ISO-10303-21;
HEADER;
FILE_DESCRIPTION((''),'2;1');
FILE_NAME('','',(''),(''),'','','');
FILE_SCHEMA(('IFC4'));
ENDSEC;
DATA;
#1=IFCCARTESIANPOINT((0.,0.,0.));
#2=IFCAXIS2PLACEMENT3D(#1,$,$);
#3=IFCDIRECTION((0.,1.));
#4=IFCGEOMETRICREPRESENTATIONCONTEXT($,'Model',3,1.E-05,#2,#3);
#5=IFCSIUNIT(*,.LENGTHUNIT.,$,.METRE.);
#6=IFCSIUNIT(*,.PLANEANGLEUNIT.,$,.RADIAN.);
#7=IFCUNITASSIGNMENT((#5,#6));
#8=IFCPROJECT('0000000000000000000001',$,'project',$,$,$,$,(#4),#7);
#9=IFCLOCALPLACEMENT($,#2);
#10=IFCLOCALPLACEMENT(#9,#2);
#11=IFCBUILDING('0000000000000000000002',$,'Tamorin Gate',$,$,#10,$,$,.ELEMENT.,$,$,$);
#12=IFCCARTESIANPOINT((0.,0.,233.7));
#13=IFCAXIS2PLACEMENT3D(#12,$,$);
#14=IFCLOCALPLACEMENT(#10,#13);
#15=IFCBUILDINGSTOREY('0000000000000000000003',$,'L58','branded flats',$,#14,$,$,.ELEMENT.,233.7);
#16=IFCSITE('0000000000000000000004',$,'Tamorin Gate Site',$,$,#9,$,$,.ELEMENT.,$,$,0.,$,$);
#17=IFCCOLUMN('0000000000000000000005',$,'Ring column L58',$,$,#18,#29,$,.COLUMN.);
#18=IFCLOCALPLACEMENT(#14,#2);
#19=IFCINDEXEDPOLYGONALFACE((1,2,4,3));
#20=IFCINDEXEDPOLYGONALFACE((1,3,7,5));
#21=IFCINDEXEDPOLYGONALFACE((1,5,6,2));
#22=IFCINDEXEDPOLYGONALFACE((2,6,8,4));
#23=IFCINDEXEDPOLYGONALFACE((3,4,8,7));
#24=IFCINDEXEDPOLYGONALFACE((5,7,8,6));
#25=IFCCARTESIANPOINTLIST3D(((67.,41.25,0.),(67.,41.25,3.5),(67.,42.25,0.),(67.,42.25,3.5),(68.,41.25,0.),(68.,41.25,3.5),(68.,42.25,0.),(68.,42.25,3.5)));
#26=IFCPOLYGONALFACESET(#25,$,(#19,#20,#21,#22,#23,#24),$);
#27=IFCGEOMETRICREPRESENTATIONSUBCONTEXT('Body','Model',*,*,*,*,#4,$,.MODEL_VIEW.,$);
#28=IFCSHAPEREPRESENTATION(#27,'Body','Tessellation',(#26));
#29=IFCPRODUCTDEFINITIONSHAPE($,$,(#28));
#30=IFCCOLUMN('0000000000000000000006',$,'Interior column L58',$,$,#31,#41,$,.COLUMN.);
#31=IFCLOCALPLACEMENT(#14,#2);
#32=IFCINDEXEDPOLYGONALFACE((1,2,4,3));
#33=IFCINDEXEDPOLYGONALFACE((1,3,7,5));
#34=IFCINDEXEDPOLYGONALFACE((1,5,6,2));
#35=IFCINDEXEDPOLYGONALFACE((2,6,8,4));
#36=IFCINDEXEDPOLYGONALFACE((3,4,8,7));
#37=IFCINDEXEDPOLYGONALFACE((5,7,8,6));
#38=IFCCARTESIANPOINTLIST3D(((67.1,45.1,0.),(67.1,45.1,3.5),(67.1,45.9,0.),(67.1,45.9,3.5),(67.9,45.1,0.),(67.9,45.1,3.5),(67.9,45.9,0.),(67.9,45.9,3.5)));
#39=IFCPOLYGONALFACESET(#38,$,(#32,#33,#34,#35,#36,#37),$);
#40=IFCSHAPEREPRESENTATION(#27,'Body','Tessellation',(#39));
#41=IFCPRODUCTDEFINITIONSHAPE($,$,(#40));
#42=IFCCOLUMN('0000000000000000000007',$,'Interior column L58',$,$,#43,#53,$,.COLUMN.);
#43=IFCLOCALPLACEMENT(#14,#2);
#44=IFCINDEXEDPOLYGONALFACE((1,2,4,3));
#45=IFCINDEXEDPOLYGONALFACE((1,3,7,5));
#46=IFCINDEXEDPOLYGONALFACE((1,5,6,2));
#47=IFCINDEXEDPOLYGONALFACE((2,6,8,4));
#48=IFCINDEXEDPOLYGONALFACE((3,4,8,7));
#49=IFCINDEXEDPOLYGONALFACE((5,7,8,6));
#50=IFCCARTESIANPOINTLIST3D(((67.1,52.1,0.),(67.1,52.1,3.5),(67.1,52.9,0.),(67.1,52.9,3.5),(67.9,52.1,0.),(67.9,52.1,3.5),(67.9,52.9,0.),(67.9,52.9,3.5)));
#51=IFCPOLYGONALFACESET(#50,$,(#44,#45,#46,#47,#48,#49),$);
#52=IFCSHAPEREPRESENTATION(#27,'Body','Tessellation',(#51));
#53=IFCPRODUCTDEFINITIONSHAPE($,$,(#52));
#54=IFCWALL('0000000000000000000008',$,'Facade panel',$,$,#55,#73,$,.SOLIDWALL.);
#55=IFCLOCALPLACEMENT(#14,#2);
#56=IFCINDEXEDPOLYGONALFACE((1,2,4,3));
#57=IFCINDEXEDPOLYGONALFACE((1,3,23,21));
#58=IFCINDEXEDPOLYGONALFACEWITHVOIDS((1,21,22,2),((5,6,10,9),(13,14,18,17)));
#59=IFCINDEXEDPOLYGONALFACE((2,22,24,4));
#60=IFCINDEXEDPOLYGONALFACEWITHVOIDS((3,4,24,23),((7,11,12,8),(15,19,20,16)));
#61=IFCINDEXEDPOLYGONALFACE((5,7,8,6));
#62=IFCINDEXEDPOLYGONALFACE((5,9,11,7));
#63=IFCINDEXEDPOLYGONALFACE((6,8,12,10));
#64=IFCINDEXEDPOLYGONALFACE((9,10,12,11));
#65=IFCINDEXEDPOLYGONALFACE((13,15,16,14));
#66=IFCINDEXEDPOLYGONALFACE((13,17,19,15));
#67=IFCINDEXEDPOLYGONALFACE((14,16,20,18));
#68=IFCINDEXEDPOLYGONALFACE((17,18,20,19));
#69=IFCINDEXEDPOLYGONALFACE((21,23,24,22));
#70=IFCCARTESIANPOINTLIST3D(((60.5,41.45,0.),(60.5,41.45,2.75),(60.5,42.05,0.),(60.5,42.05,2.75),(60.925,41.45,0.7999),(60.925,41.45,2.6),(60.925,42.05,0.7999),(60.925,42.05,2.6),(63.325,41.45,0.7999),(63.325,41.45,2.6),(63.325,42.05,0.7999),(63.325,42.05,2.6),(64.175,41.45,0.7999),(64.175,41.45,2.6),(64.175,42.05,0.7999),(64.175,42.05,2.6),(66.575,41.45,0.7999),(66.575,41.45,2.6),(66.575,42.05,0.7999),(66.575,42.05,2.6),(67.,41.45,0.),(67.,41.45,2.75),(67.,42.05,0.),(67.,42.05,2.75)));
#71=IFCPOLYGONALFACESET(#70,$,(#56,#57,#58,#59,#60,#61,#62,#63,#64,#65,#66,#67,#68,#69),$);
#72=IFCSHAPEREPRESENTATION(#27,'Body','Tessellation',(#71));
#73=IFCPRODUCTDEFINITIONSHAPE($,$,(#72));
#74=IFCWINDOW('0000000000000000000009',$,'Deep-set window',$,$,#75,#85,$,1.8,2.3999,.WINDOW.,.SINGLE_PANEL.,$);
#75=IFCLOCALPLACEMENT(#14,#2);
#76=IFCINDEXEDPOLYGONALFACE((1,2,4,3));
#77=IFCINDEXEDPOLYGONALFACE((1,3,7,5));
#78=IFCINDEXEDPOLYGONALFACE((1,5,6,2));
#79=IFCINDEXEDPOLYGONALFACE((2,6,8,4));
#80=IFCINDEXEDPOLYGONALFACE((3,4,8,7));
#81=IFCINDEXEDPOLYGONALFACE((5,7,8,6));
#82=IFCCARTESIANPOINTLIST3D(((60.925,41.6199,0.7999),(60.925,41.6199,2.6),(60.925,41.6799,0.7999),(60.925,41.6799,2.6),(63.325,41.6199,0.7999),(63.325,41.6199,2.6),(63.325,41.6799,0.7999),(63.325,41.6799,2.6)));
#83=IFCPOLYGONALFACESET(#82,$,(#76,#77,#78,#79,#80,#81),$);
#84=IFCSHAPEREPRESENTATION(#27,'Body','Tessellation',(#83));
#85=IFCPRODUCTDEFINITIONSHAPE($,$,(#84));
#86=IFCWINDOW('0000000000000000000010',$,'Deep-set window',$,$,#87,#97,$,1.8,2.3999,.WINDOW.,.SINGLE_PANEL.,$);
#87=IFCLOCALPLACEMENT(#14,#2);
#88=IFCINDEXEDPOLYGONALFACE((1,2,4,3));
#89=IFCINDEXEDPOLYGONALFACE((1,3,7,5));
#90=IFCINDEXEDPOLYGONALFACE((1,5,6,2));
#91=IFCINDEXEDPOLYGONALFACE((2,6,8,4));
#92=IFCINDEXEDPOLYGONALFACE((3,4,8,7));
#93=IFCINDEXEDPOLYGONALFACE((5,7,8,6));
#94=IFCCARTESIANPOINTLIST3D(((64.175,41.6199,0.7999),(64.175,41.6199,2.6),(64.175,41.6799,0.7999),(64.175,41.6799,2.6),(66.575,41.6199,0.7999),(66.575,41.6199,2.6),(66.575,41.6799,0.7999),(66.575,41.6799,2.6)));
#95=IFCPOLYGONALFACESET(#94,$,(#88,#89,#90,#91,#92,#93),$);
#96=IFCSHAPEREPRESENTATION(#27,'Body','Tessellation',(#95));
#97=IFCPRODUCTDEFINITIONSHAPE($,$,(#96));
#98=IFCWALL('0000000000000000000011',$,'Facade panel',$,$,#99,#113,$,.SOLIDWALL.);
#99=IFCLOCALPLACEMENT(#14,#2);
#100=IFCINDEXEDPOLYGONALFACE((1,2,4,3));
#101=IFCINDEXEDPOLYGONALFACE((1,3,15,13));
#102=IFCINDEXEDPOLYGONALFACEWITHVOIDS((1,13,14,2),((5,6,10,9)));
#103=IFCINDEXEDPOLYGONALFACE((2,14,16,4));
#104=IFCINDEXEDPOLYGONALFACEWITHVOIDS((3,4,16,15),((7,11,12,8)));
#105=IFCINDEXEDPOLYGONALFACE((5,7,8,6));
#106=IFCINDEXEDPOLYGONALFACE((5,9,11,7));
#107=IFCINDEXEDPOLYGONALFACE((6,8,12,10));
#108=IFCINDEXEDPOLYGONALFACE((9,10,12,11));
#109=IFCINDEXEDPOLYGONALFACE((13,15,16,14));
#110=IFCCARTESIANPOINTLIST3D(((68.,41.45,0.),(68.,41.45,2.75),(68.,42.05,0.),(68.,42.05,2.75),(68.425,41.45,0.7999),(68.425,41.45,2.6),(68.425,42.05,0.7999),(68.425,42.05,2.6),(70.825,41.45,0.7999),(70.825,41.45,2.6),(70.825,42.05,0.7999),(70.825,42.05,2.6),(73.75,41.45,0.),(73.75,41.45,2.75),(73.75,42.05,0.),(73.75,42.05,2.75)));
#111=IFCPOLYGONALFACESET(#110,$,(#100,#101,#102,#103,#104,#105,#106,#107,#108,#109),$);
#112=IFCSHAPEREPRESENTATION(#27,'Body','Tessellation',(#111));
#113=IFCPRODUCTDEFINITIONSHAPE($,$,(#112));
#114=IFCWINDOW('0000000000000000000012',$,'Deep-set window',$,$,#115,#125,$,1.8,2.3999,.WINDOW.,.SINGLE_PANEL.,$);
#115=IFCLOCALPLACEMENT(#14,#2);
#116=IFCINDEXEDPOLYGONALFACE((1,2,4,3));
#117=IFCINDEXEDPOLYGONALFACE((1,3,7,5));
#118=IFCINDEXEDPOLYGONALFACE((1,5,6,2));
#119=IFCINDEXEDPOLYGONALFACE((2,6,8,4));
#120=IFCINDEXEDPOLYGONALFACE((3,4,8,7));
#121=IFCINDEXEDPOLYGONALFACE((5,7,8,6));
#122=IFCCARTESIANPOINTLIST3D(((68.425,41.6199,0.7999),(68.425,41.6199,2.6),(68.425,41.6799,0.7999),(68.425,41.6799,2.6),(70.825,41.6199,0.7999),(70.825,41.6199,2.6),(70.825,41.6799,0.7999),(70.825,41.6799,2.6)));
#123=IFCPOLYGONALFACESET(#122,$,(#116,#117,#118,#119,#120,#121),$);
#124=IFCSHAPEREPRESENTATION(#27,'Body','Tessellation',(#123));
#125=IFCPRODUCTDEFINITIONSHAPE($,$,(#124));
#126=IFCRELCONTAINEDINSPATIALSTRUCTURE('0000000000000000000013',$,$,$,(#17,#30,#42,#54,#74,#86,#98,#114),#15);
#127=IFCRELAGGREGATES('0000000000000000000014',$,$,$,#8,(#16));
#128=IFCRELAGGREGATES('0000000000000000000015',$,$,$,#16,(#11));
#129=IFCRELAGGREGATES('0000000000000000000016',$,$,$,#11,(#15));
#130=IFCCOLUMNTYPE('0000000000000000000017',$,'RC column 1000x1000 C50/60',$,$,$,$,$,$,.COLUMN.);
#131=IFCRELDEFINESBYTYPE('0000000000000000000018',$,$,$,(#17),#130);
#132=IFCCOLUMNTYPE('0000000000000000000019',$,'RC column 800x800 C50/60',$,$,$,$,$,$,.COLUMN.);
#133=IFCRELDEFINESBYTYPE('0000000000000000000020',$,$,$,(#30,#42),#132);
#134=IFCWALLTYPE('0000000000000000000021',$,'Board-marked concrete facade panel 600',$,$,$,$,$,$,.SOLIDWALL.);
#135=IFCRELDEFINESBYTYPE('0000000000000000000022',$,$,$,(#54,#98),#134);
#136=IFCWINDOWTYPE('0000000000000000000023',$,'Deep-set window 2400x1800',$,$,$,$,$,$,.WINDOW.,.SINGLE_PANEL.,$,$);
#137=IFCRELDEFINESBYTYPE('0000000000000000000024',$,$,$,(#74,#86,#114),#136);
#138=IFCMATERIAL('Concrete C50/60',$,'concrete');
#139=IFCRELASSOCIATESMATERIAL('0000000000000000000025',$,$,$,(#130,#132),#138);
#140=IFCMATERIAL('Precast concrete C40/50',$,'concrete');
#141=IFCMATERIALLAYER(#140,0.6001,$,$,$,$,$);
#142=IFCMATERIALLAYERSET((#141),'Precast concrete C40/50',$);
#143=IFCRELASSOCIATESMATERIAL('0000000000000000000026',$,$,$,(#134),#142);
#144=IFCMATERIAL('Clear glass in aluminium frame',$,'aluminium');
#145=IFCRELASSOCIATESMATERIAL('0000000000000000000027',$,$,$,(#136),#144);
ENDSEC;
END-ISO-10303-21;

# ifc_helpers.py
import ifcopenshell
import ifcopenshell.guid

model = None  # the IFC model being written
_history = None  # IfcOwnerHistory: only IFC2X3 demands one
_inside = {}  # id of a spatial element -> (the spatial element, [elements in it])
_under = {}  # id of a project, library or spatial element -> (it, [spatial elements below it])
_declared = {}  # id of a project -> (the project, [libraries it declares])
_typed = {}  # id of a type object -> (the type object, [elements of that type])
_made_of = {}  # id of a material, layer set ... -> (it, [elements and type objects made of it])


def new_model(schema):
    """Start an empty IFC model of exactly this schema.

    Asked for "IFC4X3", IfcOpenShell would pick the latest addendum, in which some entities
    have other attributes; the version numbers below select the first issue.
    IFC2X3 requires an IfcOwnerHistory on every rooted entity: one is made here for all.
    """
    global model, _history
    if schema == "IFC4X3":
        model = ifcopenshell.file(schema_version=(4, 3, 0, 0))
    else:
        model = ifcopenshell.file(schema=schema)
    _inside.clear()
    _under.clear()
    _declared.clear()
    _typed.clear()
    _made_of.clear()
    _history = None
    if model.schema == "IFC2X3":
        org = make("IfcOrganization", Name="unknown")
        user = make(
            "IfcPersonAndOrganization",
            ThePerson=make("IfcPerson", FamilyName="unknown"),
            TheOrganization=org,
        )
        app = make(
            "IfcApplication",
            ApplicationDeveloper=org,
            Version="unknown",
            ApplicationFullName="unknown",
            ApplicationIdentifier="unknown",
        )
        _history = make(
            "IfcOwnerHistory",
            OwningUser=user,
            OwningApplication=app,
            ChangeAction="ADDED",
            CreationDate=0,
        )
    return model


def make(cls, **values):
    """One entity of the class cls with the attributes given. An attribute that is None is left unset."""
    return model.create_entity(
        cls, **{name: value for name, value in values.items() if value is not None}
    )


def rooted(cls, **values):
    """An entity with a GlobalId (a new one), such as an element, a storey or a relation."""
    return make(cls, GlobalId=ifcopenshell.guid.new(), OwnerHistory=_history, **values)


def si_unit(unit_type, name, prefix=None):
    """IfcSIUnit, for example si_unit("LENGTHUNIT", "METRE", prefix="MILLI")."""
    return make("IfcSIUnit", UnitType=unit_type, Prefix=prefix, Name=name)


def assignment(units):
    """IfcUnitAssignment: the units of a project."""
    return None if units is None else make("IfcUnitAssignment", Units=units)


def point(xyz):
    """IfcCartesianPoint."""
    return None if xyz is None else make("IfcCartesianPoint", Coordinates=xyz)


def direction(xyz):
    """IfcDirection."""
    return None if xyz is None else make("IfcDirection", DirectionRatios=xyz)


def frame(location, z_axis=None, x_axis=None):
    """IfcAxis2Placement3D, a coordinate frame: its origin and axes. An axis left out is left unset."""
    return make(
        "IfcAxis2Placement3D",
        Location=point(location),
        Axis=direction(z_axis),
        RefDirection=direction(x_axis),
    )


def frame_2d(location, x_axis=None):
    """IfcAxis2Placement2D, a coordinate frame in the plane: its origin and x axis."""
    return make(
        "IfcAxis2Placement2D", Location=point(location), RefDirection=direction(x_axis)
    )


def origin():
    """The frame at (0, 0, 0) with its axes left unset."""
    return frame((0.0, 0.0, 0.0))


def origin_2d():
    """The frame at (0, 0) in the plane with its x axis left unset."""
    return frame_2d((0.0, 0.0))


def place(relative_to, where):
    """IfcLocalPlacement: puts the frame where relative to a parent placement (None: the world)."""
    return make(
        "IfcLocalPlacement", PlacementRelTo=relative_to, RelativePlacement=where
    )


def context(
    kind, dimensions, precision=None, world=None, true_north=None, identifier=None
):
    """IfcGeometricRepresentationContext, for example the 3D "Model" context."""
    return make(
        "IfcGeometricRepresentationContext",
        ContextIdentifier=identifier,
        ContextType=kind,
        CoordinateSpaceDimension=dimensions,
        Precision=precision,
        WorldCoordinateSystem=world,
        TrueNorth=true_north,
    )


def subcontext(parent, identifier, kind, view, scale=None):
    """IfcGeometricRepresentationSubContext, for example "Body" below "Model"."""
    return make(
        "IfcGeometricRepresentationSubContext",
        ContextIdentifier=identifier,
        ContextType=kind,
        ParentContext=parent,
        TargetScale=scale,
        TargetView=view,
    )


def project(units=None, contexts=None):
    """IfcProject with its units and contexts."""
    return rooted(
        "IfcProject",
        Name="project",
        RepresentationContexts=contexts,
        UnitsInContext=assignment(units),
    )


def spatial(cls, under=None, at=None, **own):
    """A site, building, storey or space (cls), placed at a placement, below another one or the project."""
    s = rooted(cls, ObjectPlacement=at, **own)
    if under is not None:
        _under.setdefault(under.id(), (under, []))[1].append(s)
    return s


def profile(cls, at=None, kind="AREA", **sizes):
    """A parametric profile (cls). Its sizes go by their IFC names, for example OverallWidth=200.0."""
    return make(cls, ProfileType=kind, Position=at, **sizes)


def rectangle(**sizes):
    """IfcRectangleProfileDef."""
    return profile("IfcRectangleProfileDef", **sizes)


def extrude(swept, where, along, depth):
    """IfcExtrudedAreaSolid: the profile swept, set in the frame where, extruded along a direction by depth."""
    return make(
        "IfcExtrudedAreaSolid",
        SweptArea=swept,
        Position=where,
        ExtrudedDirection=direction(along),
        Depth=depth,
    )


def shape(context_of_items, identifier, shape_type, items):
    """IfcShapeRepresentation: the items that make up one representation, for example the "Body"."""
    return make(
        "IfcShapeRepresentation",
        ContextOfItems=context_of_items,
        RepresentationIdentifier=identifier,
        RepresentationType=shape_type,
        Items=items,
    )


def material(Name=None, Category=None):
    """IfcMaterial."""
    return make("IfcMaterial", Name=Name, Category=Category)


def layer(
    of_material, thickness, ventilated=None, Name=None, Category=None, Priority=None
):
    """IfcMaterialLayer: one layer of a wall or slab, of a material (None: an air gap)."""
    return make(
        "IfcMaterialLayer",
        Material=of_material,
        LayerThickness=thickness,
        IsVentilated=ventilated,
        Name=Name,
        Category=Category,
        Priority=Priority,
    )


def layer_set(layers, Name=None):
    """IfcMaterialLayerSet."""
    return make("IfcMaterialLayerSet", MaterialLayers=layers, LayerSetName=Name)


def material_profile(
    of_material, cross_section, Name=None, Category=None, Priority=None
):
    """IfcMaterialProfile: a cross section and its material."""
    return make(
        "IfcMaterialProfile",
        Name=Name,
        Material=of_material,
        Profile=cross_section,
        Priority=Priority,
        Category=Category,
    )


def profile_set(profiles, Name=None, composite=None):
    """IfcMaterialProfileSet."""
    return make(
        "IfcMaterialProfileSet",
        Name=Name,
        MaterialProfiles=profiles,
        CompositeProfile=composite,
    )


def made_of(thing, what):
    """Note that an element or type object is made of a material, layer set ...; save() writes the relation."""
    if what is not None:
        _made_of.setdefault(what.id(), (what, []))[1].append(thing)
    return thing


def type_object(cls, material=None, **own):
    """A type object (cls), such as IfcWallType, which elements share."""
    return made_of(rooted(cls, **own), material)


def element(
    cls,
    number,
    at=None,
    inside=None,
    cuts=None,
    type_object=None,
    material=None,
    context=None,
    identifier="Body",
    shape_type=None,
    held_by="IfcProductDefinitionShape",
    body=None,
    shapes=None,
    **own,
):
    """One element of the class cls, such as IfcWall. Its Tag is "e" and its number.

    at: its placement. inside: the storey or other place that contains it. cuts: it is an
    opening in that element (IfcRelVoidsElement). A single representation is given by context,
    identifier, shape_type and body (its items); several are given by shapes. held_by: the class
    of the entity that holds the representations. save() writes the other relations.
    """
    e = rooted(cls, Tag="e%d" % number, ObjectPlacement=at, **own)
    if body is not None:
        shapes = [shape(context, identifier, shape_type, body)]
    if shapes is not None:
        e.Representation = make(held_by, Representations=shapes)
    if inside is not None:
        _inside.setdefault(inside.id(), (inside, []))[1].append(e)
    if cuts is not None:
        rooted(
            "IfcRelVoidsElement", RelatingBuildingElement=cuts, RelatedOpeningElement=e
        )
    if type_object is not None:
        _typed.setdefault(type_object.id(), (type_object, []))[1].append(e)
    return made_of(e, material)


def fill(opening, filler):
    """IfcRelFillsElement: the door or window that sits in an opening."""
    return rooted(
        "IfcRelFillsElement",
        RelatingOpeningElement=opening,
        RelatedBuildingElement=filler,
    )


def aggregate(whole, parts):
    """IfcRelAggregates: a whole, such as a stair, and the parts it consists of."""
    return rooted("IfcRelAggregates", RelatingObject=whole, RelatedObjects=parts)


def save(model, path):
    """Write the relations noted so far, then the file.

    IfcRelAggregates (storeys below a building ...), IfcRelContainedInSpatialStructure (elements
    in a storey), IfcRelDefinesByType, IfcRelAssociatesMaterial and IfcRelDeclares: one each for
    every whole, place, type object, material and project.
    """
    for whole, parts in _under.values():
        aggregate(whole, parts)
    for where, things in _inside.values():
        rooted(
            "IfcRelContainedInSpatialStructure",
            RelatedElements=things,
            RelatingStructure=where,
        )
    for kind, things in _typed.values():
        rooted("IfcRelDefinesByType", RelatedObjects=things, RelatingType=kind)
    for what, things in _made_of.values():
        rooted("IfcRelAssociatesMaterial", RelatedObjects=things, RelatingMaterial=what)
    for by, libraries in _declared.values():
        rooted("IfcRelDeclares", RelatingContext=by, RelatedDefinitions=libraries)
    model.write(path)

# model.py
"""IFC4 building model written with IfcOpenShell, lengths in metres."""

from ifc_helpers import new_model, si_unit, direction, frame, frame_2d, origin, origin_2d, place, context, subcontext, project, spatial, rectangle, extrude, material, layer, layer_set, material_profile, profile_set, type_object, element, fill, save


model = new_model("IFC4")

# Units and contexts
model_context = context("Model", 3, precision=1e-05, world=origin(), true_north=direction((0.0, 1.0)))
body_context = subcontext(model_context, "Body", "Model", "MODEL_VIEW")
ifc_project = project(units=[si_unit("LENGTHUNIT", "METRE"), si_unit("PLANEANGLEUNIT", "RADIAN")], contexts=[model_context])

# Site, building, storey
site_placement = place(None, origin())
site = spatial("IfcSite", under=ifc_project, at=site_placement, Name="Tamorin Gate Site", CompositionType="ELEMENT", RefElevation=0.0)
building_placement = place(site_placement, origin())
building = spatial("IfcBuilding", under=site, at=building_placement, Name="Tamorin Gate", CompositionType="ELEMENT")
storey_placement = place(building_placement, frame((0.0, 0.0, 233.7)))
storey = spatial("IfcBuildingStorey", under=building, at=storey_placement, Name="L58", Description="branded flats", CompositionType="ELEMENT", Elevation=233.7)

# Columns
ifc_material_1 = material(Name="Concrete C50/60", Category="concrete")
ifc_material_profile_1 = material_profile(ifc_material_1, rectangle(XDim=1.0, YDim=1.0, at=origin_2d()), Name="RC 1000x1000")
ifc_profile_set_1 = profile_set([ifc_material_profile_1], Name="Concrete C50/60")
column_type_1 = type_object("IfcColumnType", Name="RC column 1000x1000 C50/60", PredefinedType="COLUMN", material=ifc_profile_set_1)
column_placement = place(storey_placement, frame((67.5, 41.75, 0.0), z_axis=(0.0, 0.0, 1.0), x_axis=(1.0, 0.0, 0.0)))
element("IfcColumn", 1, at=column_placement, inside=storey, type_object=column_type_1, Name="Ring column L58", PredefinedType="COLUMN", context=body_context, shape_type="SweptSolid", body=[
    extrude(rectangle(XDim=1.0, YDim=1.0, at=origin_2d()), origin(), (0.0, 0.0, 1.0), 3.5),
])
ifc_material_profile_2 = material_profile(ifc_material_1, rectangle(XDim=0.8, YDim=0.8, at=origin_2d()), Name="RC 800x800")
ifc_profile_set_2 = profile_set([ifc_material_profile_2], Name="Concrete C50/60")
column_type_2 = type_object("IfcColumnType", Name="RC column 800x800 C50/60", PredefinedType="COLUMN", material=ifc_profile_set_2)
for number, where, z_axis, x_axis, name in (
    (2, (67.5, 45.5, 0.0), (0.0, 0.0, 1.0), (1.0, 0.0, 0.0), "Interior column L58"),
    (3, (67.5, 52.5, 0.0), (0.0, 0.0, 1.0), (1.0, 0.0, 0.0), "Interior column L58"),
):
    element("IfcColumn", number, at=place(storey_placement, frame(where, z_axis=z_axis, x_axis=x_axis)), inside=storey, type_object=column_type_2, Name=name, PredefinedType="COLUMN", context=body_context, shape_type="SweptSolid", body=[
        extrude(rectangle(XDim=0.8, YDim=0.8, at=origin_2d()), origin(), (0.0, 0.0, 1.0), 3.5),
    ])

# Wall, openings, windows
ifc_material_2 = material(Name="Precast concrete C40/50", Category="concrete")
ifc_layer_1 = layer(ifc_material_2, 0.6001)
ifc_layer_set_1 = layer_set([ifc_layer_1], Name="Precast concrete C40/50")
wall_type_1 = type_object("IfcWallType", Name="Board-marked concrete facade panel 600", PredefinedType="SOLIDWALL", material=ifc_layer_set_1)
wall_1_placement = place(storey_placement, frame((60.5, 41.75, 0.0), z_axis=(0.0, 0.0, 1.0), x_axis=(1.0, 0.0, 0.0)))
wall_1 = element("IfcWall", 4, at=wall_1_placement, inside=storey, type_object=wall_type_1, Name="Facade panel", PredefinedType="SOLIDWALL", context=body_context, shape_type="SweptSolid", body=[
    extrude(rectangle(XDim=6.5, YDim=0.6001, at=frame_2d((3.25, 0.0))), origin(), (0.0, 0.0, 1.0), 2.75),
])
opening_1_placement = place(wall_1_placement, frame((0.425, 0.0, 0.8)))
opening_1 = element("IfcOpeningElement", 5, at=opening_1_placement, cuts=wall_1, PredefinedType="OPENING", context=body_context, shape_type="SweptSolid", body=[
    extrude(rectangle(XDim=2.3999, YDim=1.8, at=frame_2d((1.2, 0.8999))), frame((0.0, 0.3101, 0.0), z_axis=(0.0, -1.0, 0.0), x_axis=(1.0, 0.0, 0.0)), (0.0, 0.0, 1.0), 0.6201),
])
opening_2_placement = place(wall_1_placement, frame((3.675, 0.0, 0.8)))
opening_2 = element("IfcOpeningElement", 6, at=opening_2_placement, cuts=wall_1, PredefinedType="OPENING", context=body_context, shape_type="SweptSolid", body=[
    extrude(rectangle(XDim=2.3999, YDim=1.8, at=frame_2d((1.2, 0.8999))), frame((0.0, 0.3101, 0.0), z_axis=(0.0, -1.0, 0.0), x_axis=(1.0, 0.0, 0.0)), (0.0, 0.0, 1.0), 0.6201),
])
ifc_material_3 = material(Name="Clear glass in aluminium frame", Category="aluminium")
window_type = type_object("IfcWindowType", Name="Deep-set window 2400x1800", PartitioningType="SINGLE_PANEL", PredefinedType="WINDOW", material=ifc_material_3)
window_1_placement = place(opening_1_placement, origin())
window_1 = element("IfcWindow", 7, at=window_1_placement, inside=storey, type_object=window_type, Name="Deep-set window", OverallHeight=1.8, OverallWidth=2.3999, PartitioningType="SINGLE_PANEL", PredefinedType="WINDOW", context=body_context, shape_type="SweptSolid", body=[
    extrude(rectangle(XDim=2.3999, YDim=1.8, at=frame_2d((1.2, 0.8999))), frame((0.0, -0.0701, 0.0), z_axis=(0.0, -1.0, 0.0), x_axis=(1.0, 0.0, 0.0)), (0.0, 0.0, 1.0), 0.0601),
])
fill(opening_1, window_1)
window_2_placement = place(opening_2_placement, origin())
window_2 = element("IfcWindow", 8, at=window_2_placement, inside=storey, type_object=window_type, Name="Deep-set window", OverallHeight=1.8, OverallWidth=2.3999, PartitioningType="SINGLE_PANEL", PredefinedType="WINDOW", context=body_context, shape_type="SweptSolid", body=[
    extrude(rectangle(XDim=2.3999, YDim=1.8, at=frame_2d((1.2, 0.8999))), frame((0.0, -0.0701, 0.0), z_axis=(0.0, -1.0, 0.0), x_axis=(1.0, 0.0, 0.0)), (0.0, 0.0, 1.0), 0.0601),
])
fill(opening_2, window_2)

# Wall, opening, window
wall_2_placement = place(storey_placement, frame((68.0, 41.75, 0.0), z_axis=(0.0, 0.0, 1.0), x_axis=(1.0, 0.0, 0.0)))
wall_2 = element("IfcWall", 9, at=wall_2_placement, inside=storey, type_object=wall_type_1, Name="Facade panel", PredefinedType="SOLIDWALL", context=body_context, shape_type="SweptSolid", body=[
    extrude(rectangle(XDim=5.75, YDim=0.6001, at=frame_2d((2.875, 0.0))), origin(), (0.0, 0.0, 1.0), 2.75),
])
opening_3_placement = place(wall_2_placement, frame((0.425, 0.0, 0.8)))
opening_3 = element("IfcOpeningElement", 10, at=opening_3_placement, cuts=wall_2, PredefinedType="OPENING", context=body_context, shape_type="SweptSolid", body=[
    extrude(rectangle(XDim=2.3999, YDim=1.8, at=frame_2d((1.2, 0.8999))), frame((0.0, 0.3101, 0.0), z_axis=(0.0, -1.0, 0.0), x_axis=(1.0, 0.0, 0.0)), (0.0, 0.0, 1.0), 0.6201),
])
window_3_placement = place(opening_3_placement, origin())
window_3 = element("IfcWindow", 11, at=window_3_placement, inside=storey, type_object=window_type, Name="Deep-set window", OverallHeight=1.8, OverallWidth=2.3999, PartitioningType="SINGLE_PANEL", PredefinedType="WINDOW", context=body_context, shape_type="SweptSolid", body=[
    extrude(rectangle(XDim=2.3999, YDim=1.8, at=frame_2d((1.2, 0.8999))), frame((0.0, -0.0701, 0.0), z_axis=(0.0, -1.0, 0.0), x_axis=(1.0, 0.0, 0.0)), (0.0, 0.0, 1.0), 0.0601),
])
fill(opening_3, window_3)

save(model, "model.ifc")
